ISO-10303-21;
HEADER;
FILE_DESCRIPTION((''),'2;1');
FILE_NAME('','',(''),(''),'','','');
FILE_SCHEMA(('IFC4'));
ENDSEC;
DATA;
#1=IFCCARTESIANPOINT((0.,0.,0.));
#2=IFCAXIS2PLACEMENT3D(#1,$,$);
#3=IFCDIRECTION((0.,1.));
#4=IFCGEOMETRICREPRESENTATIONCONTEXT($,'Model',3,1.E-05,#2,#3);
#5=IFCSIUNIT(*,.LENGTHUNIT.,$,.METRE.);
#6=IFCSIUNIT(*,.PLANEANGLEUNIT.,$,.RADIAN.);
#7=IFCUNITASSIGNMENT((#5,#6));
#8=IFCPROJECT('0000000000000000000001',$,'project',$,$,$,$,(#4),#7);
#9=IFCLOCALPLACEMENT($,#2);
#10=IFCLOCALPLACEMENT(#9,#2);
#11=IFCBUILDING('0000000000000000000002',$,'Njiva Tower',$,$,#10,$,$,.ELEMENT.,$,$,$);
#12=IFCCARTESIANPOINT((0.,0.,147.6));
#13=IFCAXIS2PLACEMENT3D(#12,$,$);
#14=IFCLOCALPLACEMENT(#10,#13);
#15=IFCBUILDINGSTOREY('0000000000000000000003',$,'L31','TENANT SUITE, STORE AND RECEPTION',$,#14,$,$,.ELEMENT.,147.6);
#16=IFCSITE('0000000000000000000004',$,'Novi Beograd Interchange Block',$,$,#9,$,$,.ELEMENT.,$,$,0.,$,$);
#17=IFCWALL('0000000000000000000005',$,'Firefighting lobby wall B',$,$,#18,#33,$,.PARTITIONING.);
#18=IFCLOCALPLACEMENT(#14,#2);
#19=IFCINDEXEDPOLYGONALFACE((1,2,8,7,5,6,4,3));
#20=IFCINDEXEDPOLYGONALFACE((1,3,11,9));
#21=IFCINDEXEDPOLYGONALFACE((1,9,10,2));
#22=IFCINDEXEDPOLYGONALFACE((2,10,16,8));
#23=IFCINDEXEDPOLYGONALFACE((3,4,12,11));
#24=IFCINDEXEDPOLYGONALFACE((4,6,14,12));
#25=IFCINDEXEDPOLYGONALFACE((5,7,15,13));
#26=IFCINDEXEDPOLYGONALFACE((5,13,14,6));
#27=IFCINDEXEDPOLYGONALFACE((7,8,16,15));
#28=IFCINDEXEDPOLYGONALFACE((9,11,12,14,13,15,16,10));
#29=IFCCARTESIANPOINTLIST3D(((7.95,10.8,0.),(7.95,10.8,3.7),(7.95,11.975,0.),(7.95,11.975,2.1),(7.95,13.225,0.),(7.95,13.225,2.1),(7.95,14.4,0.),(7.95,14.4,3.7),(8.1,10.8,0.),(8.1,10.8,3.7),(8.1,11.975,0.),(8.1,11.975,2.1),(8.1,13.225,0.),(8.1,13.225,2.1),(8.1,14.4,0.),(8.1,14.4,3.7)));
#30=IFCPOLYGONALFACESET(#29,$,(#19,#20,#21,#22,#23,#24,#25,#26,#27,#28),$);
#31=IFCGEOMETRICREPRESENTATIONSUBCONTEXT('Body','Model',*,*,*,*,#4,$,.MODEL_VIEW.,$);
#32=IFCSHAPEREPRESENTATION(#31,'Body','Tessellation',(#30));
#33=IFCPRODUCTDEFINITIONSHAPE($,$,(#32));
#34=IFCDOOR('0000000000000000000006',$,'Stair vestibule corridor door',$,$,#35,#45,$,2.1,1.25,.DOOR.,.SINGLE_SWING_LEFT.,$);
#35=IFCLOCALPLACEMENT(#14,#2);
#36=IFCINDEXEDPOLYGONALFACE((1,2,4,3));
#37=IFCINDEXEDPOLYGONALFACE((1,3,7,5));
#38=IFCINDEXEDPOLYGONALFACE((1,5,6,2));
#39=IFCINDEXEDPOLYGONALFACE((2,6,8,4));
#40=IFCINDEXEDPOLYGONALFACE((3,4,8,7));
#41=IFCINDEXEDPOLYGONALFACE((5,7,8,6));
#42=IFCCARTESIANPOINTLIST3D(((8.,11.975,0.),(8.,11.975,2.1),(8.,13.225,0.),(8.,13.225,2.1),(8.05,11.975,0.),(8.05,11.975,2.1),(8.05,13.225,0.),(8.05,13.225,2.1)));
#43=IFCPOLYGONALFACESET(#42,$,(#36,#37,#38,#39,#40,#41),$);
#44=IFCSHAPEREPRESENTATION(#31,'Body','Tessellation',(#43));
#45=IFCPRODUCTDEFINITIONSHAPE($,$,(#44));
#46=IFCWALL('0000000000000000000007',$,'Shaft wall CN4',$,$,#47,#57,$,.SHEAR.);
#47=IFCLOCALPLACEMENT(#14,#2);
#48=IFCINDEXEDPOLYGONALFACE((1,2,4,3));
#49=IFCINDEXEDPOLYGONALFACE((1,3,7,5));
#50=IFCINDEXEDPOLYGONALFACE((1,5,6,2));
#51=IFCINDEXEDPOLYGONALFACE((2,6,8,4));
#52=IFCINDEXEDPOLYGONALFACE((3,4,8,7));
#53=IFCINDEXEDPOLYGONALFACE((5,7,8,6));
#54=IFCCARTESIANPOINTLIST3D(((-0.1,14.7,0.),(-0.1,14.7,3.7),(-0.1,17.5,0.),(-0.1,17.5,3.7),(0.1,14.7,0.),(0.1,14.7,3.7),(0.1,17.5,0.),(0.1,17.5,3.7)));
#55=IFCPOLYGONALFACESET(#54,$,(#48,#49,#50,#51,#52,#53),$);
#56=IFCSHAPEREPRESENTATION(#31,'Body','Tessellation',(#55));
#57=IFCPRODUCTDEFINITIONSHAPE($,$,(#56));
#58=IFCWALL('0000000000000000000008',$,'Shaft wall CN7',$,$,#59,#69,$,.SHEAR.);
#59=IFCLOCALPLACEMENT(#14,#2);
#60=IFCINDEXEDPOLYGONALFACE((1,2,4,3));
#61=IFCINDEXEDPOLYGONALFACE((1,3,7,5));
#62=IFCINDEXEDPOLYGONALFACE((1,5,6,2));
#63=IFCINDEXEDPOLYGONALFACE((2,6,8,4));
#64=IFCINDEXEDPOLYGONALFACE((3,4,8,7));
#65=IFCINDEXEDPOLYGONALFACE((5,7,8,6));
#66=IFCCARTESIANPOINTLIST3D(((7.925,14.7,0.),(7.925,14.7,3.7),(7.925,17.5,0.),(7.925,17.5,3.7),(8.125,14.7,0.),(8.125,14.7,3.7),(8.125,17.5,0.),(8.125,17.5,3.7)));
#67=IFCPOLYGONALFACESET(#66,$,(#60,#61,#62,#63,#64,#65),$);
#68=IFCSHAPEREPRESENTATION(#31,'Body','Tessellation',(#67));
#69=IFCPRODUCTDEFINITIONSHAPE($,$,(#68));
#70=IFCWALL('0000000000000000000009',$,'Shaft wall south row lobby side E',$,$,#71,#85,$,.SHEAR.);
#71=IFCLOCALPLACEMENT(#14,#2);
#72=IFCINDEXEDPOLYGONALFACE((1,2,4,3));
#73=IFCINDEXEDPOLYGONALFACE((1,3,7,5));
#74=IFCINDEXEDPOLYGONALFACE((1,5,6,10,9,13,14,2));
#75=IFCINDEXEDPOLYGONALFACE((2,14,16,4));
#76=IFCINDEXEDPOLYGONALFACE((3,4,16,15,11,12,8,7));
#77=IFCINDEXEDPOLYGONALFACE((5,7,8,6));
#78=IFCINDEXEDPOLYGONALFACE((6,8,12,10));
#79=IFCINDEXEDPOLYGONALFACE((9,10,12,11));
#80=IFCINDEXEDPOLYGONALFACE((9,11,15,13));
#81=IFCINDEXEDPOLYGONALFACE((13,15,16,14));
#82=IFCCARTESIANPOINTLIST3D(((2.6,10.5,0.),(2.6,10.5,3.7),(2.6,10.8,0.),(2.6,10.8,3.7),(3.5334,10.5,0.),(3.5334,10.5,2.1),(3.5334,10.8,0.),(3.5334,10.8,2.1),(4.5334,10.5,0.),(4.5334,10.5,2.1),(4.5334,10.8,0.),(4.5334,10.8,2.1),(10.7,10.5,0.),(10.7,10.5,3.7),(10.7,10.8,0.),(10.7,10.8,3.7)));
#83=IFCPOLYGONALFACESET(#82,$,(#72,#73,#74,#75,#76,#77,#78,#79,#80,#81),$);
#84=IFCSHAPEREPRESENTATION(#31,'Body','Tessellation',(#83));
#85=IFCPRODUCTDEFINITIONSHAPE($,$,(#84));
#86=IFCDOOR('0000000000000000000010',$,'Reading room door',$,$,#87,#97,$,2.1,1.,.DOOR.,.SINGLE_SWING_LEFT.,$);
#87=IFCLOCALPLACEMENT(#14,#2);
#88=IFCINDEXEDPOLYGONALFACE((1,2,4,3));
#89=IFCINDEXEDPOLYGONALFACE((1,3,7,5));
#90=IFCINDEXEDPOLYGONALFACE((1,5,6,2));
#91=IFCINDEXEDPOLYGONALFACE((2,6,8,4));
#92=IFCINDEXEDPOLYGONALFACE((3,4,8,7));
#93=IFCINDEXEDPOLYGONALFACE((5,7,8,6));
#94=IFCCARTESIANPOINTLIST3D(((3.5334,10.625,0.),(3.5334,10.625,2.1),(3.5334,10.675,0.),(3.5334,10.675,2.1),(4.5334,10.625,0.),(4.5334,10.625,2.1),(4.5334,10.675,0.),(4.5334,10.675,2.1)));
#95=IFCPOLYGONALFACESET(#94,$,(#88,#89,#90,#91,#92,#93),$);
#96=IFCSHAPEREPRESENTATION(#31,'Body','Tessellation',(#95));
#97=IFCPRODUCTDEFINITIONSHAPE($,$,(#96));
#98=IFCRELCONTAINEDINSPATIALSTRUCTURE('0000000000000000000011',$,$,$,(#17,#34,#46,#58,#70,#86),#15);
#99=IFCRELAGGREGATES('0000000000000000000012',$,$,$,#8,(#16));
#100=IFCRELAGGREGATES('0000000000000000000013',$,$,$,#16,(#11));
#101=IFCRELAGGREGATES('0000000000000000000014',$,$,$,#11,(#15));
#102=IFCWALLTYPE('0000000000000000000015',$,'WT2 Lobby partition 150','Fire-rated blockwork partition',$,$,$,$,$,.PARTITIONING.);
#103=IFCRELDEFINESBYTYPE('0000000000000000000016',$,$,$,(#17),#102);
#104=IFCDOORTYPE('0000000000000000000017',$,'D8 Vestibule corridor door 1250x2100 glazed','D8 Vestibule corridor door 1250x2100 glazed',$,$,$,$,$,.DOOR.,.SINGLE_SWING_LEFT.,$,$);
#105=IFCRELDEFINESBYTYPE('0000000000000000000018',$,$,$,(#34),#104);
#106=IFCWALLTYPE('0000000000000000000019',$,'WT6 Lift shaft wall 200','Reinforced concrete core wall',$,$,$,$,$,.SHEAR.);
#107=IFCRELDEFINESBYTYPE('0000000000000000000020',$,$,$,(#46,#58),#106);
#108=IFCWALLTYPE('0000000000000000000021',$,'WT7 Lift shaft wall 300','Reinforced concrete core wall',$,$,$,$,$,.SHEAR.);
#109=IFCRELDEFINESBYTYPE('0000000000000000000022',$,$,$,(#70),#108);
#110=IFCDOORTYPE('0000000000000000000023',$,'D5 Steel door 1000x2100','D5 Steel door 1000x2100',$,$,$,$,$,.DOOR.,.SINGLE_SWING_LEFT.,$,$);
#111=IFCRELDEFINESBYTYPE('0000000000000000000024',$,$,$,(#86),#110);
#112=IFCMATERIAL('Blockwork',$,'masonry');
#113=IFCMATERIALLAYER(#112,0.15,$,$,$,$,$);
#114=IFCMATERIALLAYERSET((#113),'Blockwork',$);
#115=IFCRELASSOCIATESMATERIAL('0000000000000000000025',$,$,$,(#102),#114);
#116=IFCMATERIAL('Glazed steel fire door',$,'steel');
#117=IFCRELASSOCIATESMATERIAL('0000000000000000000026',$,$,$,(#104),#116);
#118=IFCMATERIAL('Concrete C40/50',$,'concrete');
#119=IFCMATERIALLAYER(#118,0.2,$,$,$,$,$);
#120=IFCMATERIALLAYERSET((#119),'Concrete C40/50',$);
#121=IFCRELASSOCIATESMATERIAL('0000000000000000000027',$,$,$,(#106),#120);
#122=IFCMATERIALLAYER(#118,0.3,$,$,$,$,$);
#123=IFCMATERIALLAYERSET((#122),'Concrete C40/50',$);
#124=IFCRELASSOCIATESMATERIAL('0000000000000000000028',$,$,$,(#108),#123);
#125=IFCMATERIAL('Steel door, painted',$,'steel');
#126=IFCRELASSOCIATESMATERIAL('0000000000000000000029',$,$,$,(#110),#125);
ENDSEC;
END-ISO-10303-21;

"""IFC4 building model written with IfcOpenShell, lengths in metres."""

from ifc_helpers import new_model, si_unit, direction, frame, frame_2d, origin, place, context, subcontext, project, spatial, rectangle, extrude, material, layer, layer_set, type_object, element, fill, save


model = new_model("IFC4")

# Units and contexts
model_context = context("Model", 3, precision=1e-05, world=origin(), true_north=direction((0.0, 1.0)))
body_context = subcontext(model_context, "Body", "Model", "MODEL_VIEW")
ifc_project = project(units=[si_unit("LENGTHUNIT", "METRE"), si_unit("PLANEANGLEUNIT", "RADIAN")], contexts=[model_context])

# Site, building, storey
site_placement = place(None, origin())
site = spatial("IfcSite", under=ifc_project, at=site_placement, Name="Novi Beograd Interchange Block", CompositionType="ELEMENT", RefElevation=0.0)
building_placement = place(site_placement, origin())
building = spatial("IfcBuilding", under=site, at=building_placement, Name="Njiva Tower", CompositionType="ELEMENT")
storey_placement = place(building_placement, frame((0.0, 0.0, 147.6)))
storey = spatial("IfcBuildingStorey", under=building, at=storey_placement, Name="L31", Description="TENANT SUITE, STORE AND RECEPTION", CompositionType="ELEMENT", Elevation=147.6)

# Shared definitions
ifc_material_1 = material(Name="Blockwork", Category="masonry")

# Wall, opening, door
ifc_material_2 = material(Name="Concrete C40/50", Category="concrete")
ifc_material_3 = material(Name="Glazed steel fire door", Category="steel")
ifc_layer_1 = layer(ifc_material_1, 0.15)
ifc_layer_set_1 = layer_set([ifc_layer_1], Name="Blockwork")
wall_type_1 = type_object("IfcWallType", Name="WT2 Lobby partition 150", Description="Fire-rated blockwork partition", PredefinedType="PARTITIONING", material=ifc_layer_set_1)
wall_1_placement = place(storey_placement, frame((8.025, 10.8, 0.0), z_axis=(0.0, 0.0, 1.0), x_axis=(0.0, 1.0, 0.0)))
wall_1 = element("IfcWall", 1, at=wall_1_placement, inside=storey, type_object=wall_type_1, Name="Firefighting lobby wall B", PredefinedType="PARTITIONING", context=body_context, shape_type="SweptSolid", body=[
    extrude(rectangle(XDim=3.6, YDim=0.15, at=frame_2d((1.8, 0.0))), origin(), (0.0, 0.0, 1.0), 3.7),
])
opening_1_placement = place(wall_1_placement, frame((1.175, 0.0, 0.0)))
opening_1 = element("IfcOpeningElement", 2, at=opening_1_placement, cuts=wall_1, PredefinedType="OPENING", context=body_context, shape_type="SweptSolid", body=[
    extrude(rectangle(XDim=1.25, YDim=2.1, at=frame_2d((0.625, 1.05))), frame((0.0, 0.085, 0.0), z_axis=(0.0, -1.0, 0.0), x_axis=(1.0, 0.0, 0.0)), (0.0, 0.0, 1.0), 0.17),
])
door_type_1 = type_object("IfcDoorType", Name="D8 Vestibule corridor door 1250x2100 glazed", Description="D8 Vestibule corridor door 1250x2100 glazed", OperationType="SINGLE_SWING_LEFT", PredefinedType="DOOR", material=ifc_material_3)
door_1_placement = place(opening_1_placement, origin())
door_1 = element("IfcDoor", 3, at=door_1_placement, inside=storey, type_object=door_type_1, Name="Stair vestibule corridor door", OperationType="SINGLE_SWING_LEFT", OverallHeight=2.1, OverallWidth=1.25, PredefinedType="DOOR", context=body_context, shape_type="SweptSolid", body=[
    extrude(rectangle(XDim=1.25, YDim=2.1, at=frame_2d((0.625, 1.05))), frame((0.0, 0.025, 0.0), z_axis=(0.0, -1.0, 0.0), x_axis=(1.0, 0.0, 0.0)), (0.0, 0.0, 1.0), 0.05),
])
fill(opening_1, door_1)

# Walls
ifc_layer_2 = layer(ifc_material_2, 0.2)
ifc_layer_set_2 = layer_set([ifc_layer_2], Name="Concrete C40/50")
wall_type_2 = type_object("IfcWallType", Name="WT6 Lift shaft wall 200", Description="Reinforced concrete core wall", PredefinedType="SHEAR", material=ifc_layer_set_2)
for number, where, z_axis, x_axis, name in (
    (4, (0.0, 14.7, 0.0), (0.0, 0.0, 1.0), (0.0, 1.0, 0.0), "Shaft wall CN4"),
    (5, (8.025, 14.7, 0.0), (0.0, 0.0, 1.0), (0.0, 1.0, 0.0), "Shaft wall CN7"),
):
    element("IfcWall", number, at=place(storey_placement, frame(where, z_axis=z_axis, x_axis=x_axis)), inside=storey, type_object=wall_type_2, Name=name, PredefinedType="SHEAR", context=body_context, shape_type="SweptSolid", body=[
        extrude(rectangle(XDim=2.8, YDim=0.2, at=frame_2d((1.4, 0.0))), origin(), (0.0, 0.0, 1.0), 3.7),
    ])

# Wall, opening, door
ifc_layer_3 = layer(ifc_material_2, 0.3)
ifc_layer_set_3 = layer_set([ifc_layer_3], Name="Concrete C40/50")
wall_type_3 = type_object("IfcWallType", Name="WT7 Lift shaft wall 300", Description="Reinforced concrete core wall", PredefinedType="SHEAR", material=ifc_layer_set_3)
wall_2_placement = place(storey_placement, frame((2.6, 10.65, 0.0), z_axis=(0.0, 0.0, 1.0), x_axis=(1.0, 0.0, 0.0)))
wall_2 = element("IfcWall", 6, at=wall_2_placement, inside=storey, type_object=wall_type_3, Name="Shaft wall south row lobby side E", PredefinedType="SHEAR", context=body_context, shape_type="SweptSolid", body=[
    extrude(rectangle(XDim=8.1, YDim=0.3, at=frame_2d((4.05, 0.0))), origin(), (0.0, 0.0, 1.0), 3.7),
])
opening_2_placement = place(wall_2_placement, frame((0.9334, 0.0, 0.0)))
opening_2 = element("IfcOpeningElement", 7, at=opening_2_placement, cuts=wall_2, PredefinedType="OPENING", context=body_context, shape_type="SweptSolid", body=[
    extrude(rectangle(XDim=1.0, YDim=2.1, at=frame_2d((0.5, 1.05))), frame((0.0, 0.16, 0.0), z_axis=(0.0, -1.0, 0.0), x_axis=(1.0, 0.0, 0.0)), (0.0, 0.0, 1.0), 0.32),
])
ifc_material_4 = material(Name="Steel door, painted", Category="steel")
door_type_2 = type_object("IfcDoorType", Name="D5 Steel door 1000x2100", Description="D5 Steel door 1000x2100", OperationType="SINGLE_SWING_LEFT", PredefinedType="DOOR", material=ifc_material_4)
door_2_placement = place(opening_2_placement, origin())
door_2 = element("IfcDoor", 8, at=door_2_placement, inside=storey, type_object=door_type_2, Name="Reading room door", OperationType="SINGLE_SWING_LEFT", OverallHeight=2.1, OverallWidth=1.0, PredefinedType="DOOR", context=body_context, shape_type="SweptSolid", body=[
    extrude(rectangle(XDim=1.0, YDim=2.1, at=frame_2d((0.5, 1.05))), frame((0.0, 0.025, 0.0), z_axis=(0.0, -1.0, 0.0), x_axis=(1.0, 0.0, 0.0)), (0.0, 0.0, 1.0), 0.05),
])
fill(opening_2, door_2)

save(model, "model.ifc")
